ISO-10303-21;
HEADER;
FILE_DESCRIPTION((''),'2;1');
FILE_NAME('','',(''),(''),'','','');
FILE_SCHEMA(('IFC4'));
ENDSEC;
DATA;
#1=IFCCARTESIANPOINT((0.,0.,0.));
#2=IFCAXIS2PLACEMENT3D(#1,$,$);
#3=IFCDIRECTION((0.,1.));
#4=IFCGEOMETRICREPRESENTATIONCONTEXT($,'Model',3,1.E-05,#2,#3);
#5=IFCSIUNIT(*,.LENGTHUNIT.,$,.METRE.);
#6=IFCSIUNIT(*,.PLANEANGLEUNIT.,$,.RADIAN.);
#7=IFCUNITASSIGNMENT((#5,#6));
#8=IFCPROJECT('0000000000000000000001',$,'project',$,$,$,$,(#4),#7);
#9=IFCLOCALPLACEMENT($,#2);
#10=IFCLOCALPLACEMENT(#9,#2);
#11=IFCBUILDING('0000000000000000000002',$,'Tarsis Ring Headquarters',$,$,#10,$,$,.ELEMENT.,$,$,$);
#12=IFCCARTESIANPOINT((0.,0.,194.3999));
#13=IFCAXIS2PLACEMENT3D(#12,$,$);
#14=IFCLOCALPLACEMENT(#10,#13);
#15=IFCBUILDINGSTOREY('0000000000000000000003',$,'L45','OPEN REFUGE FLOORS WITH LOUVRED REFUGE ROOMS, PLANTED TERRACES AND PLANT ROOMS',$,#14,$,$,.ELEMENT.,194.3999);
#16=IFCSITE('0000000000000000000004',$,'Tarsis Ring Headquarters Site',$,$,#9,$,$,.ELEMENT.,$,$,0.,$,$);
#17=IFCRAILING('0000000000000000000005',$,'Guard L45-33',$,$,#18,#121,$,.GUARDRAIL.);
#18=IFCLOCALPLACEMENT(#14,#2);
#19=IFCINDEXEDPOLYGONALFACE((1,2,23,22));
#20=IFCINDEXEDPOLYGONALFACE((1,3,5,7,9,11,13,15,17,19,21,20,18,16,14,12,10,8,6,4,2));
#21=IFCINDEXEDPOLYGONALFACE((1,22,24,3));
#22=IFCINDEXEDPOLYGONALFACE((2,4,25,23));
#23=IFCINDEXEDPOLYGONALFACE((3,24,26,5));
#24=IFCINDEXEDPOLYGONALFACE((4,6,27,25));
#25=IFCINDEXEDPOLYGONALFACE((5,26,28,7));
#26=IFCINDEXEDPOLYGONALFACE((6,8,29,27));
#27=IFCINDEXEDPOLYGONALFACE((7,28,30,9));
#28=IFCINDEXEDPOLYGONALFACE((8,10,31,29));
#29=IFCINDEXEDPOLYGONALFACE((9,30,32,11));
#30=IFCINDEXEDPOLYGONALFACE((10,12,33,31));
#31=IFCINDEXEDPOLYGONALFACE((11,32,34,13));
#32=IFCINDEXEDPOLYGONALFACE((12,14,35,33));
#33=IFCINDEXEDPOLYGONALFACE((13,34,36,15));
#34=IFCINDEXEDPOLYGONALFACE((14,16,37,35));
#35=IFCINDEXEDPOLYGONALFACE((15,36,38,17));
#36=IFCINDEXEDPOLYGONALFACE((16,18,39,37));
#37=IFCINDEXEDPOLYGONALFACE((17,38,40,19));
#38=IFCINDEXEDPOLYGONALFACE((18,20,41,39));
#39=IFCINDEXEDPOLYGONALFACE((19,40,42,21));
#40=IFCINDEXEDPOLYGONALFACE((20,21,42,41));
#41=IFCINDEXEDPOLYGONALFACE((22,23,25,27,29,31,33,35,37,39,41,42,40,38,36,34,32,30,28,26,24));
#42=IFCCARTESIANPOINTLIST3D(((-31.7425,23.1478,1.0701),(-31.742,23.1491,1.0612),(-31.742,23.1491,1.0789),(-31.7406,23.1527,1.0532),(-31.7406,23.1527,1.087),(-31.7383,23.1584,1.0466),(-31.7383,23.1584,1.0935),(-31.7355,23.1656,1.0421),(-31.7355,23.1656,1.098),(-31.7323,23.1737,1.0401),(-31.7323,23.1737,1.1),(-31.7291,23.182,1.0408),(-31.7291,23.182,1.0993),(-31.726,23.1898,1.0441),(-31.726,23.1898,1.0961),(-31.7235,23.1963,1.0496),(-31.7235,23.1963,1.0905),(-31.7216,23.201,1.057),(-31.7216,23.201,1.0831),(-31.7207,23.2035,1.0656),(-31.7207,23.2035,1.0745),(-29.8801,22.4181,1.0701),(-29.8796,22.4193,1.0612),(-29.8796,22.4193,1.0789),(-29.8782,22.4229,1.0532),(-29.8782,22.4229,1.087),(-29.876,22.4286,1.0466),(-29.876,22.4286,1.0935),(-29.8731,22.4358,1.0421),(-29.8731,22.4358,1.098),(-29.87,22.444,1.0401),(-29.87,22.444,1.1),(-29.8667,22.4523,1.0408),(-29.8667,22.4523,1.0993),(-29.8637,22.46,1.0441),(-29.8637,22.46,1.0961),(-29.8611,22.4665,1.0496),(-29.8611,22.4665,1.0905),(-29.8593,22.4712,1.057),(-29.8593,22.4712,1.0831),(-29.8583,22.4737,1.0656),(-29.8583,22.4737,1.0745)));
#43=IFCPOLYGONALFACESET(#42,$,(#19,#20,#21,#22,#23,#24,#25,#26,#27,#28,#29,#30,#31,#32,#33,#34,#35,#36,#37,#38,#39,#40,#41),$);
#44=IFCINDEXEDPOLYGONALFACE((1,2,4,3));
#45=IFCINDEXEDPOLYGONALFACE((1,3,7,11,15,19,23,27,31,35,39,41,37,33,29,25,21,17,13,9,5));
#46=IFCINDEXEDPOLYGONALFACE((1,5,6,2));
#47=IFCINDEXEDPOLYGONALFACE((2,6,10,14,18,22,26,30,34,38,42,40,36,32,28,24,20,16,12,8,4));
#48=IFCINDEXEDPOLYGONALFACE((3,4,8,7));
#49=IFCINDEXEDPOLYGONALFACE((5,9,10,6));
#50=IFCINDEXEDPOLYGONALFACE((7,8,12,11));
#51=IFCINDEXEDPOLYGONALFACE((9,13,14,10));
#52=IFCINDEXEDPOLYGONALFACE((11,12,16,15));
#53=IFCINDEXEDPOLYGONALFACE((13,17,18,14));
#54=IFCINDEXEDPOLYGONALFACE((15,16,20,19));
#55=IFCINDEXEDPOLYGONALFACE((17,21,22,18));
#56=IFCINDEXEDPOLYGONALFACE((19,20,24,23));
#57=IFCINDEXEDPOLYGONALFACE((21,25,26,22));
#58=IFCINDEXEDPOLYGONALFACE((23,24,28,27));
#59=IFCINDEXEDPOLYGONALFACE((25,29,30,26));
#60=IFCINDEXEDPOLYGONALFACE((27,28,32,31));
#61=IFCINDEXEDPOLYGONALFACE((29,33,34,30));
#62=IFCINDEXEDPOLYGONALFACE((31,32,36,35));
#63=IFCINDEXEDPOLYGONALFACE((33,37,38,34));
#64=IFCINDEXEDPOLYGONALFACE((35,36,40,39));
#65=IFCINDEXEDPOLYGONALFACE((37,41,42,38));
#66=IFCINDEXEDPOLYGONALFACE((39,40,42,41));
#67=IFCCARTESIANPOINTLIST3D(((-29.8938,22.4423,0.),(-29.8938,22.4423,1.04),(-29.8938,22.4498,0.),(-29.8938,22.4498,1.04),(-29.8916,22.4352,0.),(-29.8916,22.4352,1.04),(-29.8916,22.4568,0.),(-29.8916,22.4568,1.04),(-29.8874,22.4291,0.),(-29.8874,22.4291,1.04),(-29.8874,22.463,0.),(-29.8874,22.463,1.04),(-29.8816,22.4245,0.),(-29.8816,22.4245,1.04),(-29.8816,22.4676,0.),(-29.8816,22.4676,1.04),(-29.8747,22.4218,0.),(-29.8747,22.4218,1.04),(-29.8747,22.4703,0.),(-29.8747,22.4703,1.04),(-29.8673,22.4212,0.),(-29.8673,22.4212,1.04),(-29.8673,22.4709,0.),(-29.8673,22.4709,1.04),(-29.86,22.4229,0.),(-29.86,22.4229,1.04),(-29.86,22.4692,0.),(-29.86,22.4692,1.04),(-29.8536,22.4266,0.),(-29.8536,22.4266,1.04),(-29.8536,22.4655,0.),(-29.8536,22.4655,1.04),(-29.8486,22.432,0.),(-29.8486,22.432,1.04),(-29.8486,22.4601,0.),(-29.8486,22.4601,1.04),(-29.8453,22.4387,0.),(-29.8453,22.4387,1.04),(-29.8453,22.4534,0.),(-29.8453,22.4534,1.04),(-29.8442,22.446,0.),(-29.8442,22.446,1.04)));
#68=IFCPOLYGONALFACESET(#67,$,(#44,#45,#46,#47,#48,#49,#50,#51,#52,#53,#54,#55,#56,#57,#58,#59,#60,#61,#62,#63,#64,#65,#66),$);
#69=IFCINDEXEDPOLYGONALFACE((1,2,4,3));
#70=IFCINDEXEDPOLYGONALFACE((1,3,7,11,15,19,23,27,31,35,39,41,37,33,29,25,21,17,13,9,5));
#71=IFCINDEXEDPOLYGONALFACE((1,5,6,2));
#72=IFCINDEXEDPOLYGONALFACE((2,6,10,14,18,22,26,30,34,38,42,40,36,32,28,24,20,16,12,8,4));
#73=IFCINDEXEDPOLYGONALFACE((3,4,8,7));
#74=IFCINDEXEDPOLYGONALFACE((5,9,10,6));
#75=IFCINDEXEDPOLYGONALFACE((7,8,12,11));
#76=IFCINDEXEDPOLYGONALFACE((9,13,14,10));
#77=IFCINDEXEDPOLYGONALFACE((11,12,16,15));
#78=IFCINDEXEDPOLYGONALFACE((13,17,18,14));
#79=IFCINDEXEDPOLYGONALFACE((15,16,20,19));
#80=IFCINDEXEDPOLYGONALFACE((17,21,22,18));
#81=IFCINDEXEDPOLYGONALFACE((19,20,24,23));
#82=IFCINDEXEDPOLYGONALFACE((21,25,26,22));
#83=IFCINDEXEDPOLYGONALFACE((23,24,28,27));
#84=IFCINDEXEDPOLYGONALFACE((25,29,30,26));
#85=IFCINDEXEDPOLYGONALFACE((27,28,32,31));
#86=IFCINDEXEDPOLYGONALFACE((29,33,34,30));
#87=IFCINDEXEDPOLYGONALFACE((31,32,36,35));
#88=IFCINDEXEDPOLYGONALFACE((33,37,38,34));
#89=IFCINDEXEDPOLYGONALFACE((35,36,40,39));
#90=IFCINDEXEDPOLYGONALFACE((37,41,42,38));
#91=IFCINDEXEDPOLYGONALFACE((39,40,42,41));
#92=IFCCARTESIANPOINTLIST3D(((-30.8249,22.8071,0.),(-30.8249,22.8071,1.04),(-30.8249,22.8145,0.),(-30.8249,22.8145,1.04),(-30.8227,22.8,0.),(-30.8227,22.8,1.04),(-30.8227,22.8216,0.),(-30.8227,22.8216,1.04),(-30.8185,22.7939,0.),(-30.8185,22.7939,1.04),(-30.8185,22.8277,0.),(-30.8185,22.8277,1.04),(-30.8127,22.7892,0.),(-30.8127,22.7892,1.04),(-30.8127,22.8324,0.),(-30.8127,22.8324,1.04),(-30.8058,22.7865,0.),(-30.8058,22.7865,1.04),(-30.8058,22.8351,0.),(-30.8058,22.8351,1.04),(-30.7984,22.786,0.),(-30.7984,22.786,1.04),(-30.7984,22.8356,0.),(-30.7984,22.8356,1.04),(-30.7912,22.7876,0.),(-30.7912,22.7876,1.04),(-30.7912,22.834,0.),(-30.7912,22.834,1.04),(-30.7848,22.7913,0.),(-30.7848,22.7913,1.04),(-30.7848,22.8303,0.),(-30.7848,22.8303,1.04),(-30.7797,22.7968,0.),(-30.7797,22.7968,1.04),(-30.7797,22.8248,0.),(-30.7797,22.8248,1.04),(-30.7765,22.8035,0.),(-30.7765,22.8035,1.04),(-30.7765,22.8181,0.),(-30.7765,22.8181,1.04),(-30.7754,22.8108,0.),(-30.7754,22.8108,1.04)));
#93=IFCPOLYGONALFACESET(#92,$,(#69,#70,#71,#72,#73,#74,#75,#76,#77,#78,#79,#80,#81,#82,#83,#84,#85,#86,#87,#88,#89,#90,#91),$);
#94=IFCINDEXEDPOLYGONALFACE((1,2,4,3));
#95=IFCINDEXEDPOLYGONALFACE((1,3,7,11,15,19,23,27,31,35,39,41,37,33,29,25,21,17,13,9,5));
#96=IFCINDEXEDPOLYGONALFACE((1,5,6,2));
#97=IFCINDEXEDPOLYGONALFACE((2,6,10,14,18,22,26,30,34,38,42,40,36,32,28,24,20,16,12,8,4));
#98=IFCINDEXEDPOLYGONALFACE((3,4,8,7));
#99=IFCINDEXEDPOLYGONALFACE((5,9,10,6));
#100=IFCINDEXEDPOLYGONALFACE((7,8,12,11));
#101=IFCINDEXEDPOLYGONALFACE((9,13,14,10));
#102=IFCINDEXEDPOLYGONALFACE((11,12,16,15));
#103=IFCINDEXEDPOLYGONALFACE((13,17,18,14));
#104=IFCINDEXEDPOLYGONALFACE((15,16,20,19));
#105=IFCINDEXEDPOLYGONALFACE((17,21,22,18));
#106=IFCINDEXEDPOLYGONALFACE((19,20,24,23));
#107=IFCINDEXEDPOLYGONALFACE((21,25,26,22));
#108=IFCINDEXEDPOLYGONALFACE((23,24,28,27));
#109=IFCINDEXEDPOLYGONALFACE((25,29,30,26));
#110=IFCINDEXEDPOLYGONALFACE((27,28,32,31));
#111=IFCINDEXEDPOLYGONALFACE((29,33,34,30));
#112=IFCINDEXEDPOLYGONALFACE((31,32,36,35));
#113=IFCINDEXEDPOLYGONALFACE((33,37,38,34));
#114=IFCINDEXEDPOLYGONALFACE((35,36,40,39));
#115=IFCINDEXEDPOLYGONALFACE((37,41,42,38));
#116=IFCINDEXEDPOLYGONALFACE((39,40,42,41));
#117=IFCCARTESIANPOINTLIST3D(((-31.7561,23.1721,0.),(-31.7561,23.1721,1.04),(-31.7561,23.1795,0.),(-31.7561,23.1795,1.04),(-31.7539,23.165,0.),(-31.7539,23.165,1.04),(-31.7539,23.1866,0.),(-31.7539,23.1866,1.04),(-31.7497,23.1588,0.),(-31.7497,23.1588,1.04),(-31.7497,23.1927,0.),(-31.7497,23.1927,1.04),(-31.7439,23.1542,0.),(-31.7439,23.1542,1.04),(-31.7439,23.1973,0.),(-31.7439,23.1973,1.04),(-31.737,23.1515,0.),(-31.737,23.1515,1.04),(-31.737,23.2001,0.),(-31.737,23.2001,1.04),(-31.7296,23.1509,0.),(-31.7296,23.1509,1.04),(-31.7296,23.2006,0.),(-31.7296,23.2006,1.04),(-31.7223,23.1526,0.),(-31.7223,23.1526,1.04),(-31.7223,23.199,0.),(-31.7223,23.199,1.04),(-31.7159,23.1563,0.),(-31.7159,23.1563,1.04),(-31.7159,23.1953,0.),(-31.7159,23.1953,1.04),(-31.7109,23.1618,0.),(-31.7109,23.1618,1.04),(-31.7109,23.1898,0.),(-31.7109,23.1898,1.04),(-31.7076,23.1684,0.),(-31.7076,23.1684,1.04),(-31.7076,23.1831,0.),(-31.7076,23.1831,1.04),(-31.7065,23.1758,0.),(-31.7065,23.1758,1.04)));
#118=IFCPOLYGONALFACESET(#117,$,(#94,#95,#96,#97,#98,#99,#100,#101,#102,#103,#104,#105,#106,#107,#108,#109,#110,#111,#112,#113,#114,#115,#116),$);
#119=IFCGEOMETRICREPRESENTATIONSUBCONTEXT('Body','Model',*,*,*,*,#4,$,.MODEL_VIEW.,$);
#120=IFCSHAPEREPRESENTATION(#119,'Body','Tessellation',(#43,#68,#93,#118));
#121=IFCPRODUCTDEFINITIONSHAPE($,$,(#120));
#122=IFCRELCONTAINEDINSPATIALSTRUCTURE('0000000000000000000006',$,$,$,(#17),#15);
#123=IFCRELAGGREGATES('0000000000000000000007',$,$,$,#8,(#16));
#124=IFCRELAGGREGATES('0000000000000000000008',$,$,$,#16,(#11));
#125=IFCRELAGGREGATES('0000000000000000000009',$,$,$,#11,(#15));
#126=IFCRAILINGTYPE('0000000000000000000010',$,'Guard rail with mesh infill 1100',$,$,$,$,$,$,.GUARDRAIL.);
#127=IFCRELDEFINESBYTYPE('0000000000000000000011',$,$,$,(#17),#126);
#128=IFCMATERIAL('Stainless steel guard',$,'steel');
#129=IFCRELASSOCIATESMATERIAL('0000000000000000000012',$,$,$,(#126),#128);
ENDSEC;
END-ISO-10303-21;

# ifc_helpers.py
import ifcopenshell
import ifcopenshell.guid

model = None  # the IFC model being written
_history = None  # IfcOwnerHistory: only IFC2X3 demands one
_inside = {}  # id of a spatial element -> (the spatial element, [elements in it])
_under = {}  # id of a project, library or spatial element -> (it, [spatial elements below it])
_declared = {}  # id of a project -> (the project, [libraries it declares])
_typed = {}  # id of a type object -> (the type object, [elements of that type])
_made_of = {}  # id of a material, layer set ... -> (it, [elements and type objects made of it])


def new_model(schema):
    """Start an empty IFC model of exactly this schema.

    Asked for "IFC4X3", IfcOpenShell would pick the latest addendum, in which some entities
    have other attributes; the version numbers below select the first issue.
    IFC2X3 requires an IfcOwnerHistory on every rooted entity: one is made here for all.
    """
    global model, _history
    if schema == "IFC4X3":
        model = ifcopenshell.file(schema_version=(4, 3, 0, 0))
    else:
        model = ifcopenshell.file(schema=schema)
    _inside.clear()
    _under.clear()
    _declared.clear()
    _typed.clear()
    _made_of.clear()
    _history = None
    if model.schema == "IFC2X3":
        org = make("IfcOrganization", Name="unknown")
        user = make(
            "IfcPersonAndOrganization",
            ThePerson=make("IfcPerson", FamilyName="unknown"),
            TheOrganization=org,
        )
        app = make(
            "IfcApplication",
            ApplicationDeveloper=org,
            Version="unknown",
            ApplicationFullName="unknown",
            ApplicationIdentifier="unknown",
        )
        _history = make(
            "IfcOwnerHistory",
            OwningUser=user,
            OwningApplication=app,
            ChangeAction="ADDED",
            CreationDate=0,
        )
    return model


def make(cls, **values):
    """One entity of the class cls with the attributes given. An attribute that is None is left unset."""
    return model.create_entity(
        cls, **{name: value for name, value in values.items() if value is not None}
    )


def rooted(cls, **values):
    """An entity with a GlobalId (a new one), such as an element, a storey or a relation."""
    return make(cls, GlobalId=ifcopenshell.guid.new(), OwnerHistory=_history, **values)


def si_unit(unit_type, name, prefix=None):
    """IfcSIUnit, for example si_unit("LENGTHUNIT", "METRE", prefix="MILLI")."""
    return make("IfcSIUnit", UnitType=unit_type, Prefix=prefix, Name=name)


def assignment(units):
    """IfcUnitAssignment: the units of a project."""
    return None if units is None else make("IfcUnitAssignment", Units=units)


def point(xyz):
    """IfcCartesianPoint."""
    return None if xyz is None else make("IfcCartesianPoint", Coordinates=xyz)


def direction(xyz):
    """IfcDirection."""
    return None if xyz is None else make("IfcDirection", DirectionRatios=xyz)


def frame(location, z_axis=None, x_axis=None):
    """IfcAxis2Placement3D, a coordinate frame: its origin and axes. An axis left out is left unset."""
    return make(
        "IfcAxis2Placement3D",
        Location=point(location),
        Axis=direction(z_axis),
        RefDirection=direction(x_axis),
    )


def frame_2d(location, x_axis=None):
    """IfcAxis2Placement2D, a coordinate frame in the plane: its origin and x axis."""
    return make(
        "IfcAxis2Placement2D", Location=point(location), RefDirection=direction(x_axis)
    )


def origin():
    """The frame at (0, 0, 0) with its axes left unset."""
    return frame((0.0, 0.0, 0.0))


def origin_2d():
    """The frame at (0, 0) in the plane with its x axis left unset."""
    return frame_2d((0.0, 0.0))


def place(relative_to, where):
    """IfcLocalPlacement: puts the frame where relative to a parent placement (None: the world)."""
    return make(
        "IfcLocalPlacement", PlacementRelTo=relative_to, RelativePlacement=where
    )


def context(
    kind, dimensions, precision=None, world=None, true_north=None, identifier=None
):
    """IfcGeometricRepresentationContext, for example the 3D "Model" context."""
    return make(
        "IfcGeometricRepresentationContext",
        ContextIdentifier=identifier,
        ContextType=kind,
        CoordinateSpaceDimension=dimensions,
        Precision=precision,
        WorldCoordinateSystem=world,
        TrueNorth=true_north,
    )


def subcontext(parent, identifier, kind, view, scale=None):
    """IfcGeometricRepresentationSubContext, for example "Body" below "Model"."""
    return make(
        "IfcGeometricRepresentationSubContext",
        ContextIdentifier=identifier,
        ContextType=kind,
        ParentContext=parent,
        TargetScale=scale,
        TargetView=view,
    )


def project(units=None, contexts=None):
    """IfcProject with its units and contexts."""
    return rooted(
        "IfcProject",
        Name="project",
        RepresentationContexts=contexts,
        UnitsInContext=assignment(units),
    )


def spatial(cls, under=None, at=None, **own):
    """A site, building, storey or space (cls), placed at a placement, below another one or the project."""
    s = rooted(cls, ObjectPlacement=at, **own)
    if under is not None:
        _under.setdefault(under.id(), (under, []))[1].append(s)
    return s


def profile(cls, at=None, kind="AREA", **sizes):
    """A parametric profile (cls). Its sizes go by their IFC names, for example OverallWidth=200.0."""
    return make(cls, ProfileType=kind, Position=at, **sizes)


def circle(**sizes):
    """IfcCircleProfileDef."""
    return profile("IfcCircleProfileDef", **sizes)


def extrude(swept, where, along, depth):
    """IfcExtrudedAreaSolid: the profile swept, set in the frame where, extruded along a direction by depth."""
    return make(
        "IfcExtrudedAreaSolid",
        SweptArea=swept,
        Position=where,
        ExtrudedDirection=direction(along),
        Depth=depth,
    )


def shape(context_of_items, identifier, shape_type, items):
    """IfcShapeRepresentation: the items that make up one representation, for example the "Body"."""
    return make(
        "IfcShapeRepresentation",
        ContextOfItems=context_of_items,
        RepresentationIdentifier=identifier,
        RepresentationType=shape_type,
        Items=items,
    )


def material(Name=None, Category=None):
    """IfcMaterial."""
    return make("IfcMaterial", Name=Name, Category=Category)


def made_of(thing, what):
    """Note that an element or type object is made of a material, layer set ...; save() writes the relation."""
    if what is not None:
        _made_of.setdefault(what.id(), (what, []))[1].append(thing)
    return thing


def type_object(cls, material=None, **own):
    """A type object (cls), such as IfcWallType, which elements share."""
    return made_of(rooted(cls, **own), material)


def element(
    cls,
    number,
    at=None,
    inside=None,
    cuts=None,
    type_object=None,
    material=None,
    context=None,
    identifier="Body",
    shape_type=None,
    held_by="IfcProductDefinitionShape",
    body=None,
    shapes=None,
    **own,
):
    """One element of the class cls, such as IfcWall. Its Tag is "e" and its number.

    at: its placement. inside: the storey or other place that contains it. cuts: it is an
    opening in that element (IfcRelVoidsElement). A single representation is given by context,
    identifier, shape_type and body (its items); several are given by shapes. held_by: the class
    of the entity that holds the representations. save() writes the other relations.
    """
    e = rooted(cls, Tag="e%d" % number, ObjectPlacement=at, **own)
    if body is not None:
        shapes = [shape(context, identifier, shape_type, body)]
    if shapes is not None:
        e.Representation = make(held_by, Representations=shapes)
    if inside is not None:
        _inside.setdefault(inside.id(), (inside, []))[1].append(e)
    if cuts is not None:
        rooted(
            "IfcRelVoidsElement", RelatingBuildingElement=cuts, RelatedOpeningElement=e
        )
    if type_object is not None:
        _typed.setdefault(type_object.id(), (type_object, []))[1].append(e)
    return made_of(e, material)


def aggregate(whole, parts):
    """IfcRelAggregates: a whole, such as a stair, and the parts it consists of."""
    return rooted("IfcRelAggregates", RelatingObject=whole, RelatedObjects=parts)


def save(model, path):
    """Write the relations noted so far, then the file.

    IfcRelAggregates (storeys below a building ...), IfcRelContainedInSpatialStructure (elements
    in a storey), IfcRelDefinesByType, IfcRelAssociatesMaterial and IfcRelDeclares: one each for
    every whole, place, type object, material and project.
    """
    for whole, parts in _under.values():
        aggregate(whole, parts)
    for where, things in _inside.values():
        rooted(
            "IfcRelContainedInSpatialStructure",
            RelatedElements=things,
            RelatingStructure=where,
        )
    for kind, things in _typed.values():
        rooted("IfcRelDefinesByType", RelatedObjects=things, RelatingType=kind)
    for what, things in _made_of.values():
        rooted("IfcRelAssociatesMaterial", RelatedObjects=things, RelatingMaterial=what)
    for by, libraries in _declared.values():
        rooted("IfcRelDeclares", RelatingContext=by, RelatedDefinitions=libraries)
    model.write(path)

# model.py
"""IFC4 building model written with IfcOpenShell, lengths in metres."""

from ifc_helpers import new_model, si_unit, direction, frame, origin, origin_2d, place, context, subcontext, project, spatial, circle, extrude, material, type_object, element, save


model = new_model("IFC4")

# Units and contexts
model_context = context("Model", 3, precision=1e-05, world=origin(), true_north=direction((0.0, 1.0)))
body_context = subcontext(model_context, "Body", "Model", "MODEL_VIEW")
ifc_project = project(units=[si_unit("LENGTHUNIT", "METRE"), si_unit("PLANEANGLEUNIT", "RADIAN")], contexts=[model_context])

# Site, building, storey
site_placement = place(None, origin())
site = spatial("IfcSite", under=ifc_project, at=site_placement, Name="Tarsis Ring Headquarters Site", CompositionType="ELEMENT", RefElevation=0.0)
building_placement = place(site_placement, origin())
building = spatial("IfcBuilding", under=site, at=building_placement, Name="Tarsis Ring Headquarters", CompositionType="ELEMENT")
storey_placement = place(building_placement, frame((0.0, 0.0, 194.3999)))
storey = spatial("IfcBuildingStorey", under=building, at=storey_placement, Name="L45", Description="OPEN REFUGE FLOORS WITH LOUVRED REFUGE ROOMS, PLANTED TERRACES AND PLANT ROOMS", CompositionType="ELEMENT", Elevation=194.3999)

# Railing
ifc_material_1 = material(Name="Stainless steel guard", Category="steel")
railing_type_1 = type_object("IfcRailingType", Name="Guard rail with mesh infill 1100", PredefinedType="GUARDRAIL", material=ifc_material_1)
railing_1_placement = place(storey_placement, frame((-29.8691, 22.446, 0.0)))
element("IfcRailing", 1, at=railing_1_placement, inside=storey, type_object=railing_type_1, Name="Guard L45-33", PredefinedType="GUARDRAIL", context=body_context, shape_type="SweptSolid", body=[
    extrude(circle(Radius=0.03, at=origin_2d()), frame((0.0, 0.0, 1.0701), z_axis=(-0.931072, 0.364837, 0.0), x_axis=(-0.364837, -0.931072, 0.0)), (0.0, 0.0, 1.0), 2.0002),
    extrude(circle(Radius=0.0249, at=origin_2d()), origin(), (0.0, 0.0, 1.0), 1.04),
    extrude(circle(Radius=0.0249, at=origin_2d()), frame((-0.9312, 0.3647, 0.0)), (0.0, 0.0, 1.0), 1.04),
    extrude(circle(Radius=0.0249, at=origin_2d()), frame((-1.8623, 0.7297, 0.0)), (0.0, 0.0, 1.0), 1.04),
])

save(model, "model.ifc")
